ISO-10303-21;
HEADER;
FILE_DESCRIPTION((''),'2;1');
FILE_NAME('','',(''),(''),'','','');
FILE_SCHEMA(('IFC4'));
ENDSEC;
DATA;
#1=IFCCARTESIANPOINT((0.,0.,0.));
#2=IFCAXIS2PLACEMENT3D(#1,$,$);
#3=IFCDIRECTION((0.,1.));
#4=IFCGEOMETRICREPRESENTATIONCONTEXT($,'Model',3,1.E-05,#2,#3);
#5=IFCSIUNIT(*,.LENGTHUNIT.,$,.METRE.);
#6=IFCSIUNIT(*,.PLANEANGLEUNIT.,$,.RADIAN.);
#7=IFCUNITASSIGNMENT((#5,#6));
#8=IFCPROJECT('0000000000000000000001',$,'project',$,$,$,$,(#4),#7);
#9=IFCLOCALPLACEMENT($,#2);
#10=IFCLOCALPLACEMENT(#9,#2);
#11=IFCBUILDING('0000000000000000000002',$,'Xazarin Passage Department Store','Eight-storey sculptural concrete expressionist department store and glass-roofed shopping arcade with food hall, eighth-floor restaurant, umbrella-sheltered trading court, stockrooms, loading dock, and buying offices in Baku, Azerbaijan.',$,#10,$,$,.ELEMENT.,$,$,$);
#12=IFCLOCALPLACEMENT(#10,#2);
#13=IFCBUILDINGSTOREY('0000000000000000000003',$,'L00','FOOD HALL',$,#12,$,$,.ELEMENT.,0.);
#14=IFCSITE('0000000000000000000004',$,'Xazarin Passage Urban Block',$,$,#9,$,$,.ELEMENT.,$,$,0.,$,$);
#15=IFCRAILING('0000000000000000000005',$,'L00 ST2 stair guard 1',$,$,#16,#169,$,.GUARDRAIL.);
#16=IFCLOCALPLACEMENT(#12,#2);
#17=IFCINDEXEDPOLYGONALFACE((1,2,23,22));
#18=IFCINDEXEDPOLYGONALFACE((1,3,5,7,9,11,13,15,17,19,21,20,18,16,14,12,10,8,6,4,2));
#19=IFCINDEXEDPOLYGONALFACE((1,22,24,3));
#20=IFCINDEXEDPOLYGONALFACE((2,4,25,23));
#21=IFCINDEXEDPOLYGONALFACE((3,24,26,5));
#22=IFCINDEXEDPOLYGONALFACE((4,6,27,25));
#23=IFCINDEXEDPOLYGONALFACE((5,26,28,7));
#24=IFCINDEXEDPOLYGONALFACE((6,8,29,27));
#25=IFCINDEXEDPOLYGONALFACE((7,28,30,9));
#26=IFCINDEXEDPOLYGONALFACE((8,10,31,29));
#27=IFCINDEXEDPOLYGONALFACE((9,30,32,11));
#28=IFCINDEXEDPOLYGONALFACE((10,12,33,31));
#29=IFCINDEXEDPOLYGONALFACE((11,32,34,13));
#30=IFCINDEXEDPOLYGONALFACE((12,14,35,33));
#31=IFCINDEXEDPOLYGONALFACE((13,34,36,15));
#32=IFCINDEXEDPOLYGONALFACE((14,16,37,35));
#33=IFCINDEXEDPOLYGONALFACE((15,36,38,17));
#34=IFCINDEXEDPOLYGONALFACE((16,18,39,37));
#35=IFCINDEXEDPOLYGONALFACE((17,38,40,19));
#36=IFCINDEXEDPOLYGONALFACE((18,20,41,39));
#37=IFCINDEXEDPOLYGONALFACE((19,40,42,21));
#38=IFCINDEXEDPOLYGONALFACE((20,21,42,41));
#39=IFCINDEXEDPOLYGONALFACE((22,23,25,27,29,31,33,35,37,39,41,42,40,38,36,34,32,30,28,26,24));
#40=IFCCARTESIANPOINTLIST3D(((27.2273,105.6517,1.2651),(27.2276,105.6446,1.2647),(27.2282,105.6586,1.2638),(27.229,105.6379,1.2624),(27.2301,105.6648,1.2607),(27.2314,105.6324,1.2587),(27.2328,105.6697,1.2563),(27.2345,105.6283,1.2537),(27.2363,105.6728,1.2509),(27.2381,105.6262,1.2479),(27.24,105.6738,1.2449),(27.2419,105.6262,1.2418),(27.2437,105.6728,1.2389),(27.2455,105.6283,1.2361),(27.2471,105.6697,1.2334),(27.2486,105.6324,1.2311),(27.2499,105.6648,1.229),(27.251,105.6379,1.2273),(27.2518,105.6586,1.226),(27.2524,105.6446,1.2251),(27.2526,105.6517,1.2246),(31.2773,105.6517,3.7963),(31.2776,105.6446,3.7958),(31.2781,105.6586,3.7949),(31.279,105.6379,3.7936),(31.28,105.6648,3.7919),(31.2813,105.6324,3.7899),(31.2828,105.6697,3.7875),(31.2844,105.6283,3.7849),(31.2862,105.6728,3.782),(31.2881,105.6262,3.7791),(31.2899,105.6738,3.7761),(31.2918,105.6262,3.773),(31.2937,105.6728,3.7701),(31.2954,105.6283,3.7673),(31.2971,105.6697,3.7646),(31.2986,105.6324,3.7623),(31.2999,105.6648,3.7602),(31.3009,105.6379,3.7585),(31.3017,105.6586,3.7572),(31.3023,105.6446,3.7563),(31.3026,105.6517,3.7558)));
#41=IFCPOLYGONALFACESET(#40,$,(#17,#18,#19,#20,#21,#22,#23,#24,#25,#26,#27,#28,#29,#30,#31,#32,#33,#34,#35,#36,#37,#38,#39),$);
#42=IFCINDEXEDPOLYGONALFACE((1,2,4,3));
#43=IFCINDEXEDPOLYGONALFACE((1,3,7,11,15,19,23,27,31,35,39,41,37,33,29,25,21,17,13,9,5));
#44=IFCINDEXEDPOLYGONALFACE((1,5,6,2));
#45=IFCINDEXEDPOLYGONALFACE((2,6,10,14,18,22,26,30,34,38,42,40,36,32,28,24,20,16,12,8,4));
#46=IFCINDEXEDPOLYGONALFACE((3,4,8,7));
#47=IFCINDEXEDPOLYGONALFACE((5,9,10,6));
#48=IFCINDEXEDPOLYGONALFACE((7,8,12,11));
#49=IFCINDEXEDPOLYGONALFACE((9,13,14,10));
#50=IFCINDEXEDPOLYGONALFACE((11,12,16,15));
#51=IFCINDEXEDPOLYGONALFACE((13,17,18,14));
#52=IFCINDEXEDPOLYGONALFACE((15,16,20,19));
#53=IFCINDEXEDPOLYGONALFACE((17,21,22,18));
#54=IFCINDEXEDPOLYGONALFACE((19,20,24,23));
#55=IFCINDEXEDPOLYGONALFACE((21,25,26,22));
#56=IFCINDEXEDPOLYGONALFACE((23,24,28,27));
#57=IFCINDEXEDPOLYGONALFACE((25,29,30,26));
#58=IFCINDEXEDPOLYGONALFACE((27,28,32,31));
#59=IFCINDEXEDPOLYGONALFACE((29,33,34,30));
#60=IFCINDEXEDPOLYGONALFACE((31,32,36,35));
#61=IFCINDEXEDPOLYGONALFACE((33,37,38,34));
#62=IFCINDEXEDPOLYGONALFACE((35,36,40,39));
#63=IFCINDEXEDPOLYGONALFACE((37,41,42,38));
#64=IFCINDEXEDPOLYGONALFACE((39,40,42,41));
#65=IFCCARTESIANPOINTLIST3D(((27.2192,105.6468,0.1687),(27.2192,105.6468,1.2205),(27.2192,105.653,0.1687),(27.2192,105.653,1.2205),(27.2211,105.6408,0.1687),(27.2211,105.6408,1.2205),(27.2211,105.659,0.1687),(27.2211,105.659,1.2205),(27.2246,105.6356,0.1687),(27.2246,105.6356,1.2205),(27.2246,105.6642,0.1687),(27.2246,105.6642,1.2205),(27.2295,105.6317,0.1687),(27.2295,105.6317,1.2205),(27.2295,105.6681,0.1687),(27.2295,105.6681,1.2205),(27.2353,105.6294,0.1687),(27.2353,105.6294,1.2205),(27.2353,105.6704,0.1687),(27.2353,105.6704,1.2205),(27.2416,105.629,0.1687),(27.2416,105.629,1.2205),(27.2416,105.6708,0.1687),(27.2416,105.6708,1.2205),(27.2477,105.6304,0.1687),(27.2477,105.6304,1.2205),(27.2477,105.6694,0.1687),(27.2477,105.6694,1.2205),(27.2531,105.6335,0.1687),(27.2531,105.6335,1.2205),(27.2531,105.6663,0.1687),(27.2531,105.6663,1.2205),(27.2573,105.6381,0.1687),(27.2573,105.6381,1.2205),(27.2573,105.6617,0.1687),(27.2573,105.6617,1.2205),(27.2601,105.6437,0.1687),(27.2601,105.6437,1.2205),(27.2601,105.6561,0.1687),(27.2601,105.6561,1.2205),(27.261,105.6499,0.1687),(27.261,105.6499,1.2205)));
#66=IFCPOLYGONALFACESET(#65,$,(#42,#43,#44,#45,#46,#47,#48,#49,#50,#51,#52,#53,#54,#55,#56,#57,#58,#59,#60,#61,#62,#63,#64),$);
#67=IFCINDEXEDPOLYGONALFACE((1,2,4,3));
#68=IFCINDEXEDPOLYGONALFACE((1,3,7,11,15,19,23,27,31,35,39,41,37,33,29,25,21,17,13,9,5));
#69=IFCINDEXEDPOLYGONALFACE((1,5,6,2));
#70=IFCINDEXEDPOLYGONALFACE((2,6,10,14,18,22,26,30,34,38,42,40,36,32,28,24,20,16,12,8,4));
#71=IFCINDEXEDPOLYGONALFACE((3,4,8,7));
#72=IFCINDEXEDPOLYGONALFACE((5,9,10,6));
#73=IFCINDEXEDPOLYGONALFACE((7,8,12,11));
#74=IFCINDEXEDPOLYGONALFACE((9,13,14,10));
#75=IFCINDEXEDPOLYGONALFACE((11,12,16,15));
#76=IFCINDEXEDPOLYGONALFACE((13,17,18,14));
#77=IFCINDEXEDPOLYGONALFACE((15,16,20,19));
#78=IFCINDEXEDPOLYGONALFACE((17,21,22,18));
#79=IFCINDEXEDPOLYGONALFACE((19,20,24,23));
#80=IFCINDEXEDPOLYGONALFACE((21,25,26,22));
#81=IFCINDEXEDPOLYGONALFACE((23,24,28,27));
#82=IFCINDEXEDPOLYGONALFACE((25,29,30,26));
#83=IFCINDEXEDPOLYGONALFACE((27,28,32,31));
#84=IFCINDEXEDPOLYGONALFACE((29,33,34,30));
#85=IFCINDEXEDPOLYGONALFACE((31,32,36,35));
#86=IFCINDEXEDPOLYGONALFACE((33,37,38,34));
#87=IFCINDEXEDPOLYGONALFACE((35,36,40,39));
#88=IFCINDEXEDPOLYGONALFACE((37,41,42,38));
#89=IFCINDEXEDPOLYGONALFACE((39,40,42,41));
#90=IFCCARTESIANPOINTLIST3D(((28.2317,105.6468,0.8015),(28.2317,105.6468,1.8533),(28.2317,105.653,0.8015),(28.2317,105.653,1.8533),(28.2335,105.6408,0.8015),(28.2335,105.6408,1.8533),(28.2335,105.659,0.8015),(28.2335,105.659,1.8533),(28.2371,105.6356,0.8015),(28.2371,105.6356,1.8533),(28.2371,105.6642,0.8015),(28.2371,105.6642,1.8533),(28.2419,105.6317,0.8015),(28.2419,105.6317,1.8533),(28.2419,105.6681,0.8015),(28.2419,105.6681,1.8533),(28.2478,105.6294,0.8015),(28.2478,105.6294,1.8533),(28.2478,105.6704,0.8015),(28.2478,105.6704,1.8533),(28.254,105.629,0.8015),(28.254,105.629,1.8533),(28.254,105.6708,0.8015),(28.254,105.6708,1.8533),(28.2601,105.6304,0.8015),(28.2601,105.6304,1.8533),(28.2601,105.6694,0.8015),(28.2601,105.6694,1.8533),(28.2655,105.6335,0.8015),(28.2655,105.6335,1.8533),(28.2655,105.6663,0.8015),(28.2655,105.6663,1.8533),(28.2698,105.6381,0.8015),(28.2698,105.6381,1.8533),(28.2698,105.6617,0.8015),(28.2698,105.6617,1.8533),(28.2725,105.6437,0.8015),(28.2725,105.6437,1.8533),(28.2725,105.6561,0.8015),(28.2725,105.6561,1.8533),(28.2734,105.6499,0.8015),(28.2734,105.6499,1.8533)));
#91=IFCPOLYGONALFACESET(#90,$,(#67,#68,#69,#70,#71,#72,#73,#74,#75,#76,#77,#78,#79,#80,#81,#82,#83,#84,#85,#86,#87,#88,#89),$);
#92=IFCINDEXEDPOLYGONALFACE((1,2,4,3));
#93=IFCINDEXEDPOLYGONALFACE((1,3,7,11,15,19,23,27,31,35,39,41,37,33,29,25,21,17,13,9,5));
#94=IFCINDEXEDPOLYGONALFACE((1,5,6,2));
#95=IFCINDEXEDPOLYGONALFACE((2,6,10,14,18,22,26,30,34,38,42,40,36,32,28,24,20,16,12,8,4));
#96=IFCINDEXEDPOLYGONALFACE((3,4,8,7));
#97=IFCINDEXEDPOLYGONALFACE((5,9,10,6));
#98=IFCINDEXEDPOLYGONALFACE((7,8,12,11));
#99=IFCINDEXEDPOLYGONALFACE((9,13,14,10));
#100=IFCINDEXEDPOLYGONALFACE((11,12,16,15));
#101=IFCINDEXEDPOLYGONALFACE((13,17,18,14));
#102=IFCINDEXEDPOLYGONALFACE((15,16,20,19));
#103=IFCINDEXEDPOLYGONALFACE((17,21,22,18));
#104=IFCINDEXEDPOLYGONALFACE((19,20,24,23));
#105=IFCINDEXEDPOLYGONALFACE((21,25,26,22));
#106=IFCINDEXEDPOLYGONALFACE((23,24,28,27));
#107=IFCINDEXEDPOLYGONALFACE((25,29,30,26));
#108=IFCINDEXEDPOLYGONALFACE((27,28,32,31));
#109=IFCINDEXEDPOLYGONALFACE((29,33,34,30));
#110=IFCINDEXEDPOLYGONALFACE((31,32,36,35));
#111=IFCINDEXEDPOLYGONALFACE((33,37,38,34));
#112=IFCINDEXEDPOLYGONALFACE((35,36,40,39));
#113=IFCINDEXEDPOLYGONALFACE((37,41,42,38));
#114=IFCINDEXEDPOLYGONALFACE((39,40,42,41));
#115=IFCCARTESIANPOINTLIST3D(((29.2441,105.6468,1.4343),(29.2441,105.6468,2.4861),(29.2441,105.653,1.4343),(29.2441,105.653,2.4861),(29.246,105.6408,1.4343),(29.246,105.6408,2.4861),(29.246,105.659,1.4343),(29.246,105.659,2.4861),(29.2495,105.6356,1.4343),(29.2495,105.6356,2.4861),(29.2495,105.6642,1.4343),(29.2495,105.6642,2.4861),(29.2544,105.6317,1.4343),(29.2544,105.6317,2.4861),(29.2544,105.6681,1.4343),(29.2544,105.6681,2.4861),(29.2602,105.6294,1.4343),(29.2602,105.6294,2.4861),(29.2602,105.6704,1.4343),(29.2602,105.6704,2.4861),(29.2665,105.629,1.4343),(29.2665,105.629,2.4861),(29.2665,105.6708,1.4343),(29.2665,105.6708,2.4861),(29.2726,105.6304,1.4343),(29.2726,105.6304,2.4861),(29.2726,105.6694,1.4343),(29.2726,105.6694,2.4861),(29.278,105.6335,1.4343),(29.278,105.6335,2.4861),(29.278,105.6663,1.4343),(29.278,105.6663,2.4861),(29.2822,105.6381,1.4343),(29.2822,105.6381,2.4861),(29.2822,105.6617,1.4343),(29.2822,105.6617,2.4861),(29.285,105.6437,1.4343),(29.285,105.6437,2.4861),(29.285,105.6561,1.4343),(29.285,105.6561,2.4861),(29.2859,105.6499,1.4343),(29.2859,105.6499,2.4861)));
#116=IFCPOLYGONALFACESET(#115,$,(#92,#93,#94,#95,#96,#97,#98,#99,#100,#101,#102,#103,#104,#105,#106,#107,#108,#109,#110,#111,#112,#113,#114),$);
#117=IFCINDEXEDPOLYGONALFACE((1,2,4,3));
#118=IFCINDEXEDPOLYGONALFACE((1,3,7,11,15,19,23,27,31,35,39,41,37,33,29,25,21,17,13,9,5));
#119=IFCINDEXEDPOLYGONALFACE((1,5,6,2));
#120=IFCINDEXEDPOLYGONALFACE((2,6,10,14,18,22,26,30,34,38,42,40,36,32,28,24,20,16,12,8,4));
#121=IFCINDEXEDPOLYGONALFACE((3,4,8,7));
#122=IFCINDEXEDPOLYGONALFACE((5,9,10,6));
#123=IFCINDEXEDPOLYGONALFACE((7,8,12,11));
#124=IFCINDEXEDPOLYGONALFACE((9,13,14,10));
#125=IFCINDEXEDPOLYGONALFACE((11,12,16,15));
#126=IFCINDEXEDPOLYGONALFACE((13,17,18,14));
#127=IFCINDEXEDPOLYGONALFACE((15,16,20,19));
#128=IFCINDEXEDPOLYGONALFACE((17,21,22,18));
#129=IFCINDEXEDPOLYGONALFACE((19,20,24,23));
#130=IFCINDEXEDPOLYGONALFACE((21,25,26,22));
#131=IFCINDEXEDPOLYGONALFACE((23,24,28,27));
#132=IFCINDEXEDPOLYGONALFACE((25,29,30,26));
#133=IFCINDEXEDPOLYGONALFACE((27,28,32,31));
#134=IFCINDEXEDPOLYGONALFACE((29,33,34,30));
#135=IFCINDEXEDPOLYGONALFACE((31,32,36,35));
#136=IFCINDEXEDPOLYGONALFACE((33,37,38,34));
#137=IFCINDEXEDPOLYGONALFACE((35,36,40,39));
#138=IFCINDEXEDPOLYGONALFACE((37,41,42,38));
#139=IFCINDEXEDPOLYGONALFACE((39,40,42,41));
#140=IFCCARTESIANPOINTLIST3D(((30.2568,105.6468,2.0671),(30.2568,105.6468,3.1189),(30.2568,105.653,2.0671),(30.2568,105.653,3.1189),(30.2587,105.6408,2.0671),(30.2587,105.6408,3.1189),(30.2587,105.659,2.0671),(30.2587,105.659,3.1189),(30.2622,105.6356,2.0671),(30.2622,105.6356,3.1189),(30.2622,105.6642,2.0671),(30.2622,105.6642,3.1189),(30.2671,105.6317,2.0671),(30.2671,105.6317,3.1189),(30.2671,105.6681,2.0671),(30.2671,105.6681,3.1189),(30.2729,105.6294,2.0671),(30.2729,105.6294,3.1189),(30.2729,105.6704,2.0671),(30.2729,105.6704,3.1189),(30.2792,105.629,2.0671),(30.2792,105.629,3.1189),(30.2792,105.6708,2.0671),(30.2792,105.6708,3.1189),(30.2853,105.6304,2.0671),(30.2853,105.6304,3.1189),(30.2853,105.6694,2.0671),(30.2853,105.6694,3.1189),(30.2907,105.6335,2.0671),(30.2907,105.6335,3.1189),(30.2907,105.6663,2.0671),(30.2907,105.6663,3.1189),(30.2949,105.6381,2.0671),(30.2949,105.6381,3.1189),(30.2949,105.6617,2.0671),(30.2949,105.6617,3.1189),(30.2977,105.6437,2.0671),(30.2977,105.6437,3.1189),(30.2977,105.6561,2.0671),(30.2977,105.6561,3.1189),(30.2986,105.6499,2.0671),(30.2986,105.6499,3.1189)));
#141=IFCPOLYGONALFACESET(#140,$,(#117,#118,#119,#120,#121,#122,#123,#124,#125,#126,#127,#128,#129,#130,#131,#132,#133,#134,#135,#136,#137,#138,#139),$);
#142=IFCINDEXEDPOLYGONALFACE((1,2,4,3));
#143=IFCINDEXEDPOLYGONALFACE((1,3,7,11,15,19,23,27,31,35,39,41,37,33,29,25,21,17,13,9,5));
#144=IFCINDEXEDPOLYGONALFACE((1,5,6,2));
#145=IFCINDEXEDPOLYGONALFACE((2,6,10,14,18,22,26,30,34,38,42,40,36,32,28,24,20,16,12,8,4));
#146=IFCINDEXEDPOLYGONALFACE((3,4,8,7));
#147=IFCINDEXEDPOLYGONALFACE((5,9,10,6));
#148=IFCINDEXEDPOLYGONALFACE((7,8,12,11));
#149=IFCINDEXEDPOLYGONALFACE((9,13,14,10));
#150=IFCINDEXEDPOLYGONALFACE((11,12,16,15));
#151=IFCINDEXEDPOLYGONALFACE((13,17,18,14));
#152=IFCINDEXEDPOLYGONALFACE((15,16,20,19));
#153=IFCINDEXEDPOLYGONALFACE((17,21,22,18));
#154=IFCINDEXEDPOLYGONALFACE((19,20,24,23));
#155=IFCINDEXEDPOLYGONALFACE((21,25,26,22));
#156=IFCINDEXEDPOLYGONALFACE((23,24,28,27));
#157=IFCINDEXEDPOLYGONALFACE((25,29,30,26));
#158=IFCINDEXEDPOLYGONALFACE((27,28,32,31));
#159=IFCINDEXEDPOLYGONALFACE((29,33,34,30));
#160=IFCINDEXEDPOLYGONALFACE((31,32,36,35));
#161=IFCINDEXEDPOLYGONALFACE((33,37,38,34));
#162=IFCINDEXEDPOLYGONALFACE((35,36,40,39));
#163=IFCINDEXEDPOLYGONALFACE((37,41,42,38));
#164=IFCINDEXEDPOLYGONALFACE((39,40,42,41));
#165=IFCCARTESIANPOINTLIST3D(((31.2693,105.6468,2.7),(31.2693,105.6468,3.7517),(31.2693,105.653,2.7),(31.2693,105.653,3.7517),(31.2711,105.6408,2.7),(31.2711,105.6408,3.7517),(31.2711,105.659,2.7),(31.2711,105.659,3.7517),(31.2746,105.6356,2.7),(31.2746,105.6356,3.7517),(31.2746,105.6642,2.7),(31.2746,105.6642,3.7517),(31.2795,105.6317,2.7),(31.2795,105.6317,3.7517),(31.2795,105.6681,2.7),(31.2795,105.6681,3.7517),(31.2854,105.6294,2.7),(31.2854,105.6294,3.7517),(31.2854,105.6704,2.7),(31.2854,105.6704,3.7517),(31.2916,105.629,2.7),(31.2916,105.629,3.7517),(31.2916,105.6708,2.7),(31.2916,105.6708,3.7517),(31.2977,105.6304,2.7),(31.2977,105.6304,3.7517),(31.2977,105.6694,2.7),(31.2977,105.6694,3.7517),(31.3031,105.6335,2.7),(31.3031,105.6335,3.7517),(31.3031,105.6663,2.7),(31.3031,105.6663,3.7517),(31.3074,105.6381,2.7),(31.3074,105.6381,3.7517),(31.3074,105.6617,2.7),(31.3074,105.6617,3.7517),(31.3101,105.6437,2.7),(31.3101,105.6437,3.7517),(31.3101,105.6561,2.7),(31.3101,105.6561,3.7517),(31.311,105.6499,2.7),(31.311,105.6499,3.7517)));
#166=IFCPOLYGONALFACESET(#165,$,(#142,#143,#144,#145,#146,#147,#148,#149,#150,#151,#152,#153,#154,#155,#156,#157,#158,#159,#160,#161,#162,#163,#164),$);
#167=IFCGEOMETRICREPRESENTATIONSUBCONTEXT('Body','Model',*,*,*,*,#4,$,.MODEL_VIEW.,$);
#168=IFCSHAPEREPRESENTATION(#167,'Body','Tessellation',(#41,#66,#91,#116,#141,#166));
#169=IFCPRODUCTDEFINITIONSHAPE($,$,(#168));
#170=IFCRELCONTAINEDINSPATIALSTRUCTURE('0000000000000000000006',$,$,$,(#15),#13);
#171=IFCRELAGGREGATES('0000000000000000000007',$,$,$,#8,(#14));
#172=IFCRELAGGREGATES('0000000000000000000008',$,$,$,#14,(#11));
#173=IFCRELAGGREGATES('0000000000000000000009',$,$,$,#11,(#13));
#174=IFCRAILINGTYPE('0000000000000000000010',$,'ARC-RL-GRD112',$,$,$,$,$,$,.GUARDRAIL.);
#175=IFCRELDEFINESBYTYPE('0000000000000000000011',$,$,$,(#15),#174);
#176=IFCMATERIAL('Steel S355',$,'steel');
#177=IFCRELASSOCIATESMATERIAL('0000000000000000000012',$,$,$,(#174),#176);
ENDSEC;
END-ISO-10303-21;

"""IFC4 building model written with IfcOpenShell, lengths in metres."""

from ifc_helpers import new_model, si_unit, direction, frame, origin, origin_2d, place, context, subcontext, project, spatial, circle, extrude, material, type_object, element, save


model = new_model("IFC4")

# Units and contexts
model_context = context("Model", 3, precision=1e-05, world=origin(), true_north=direction((0.0, 1.0)))
body_context = subcontext(model_context, "Body", "Model", "MODEL_VIEW")
ifc_project = project(units=[si_unit("LENGTHUNIT", "METRE"), si_unit("PLANEANGLEUNIT", "RADIAN")], contexts=[model_context])

# Site, building, storey
site_placement = place(None, origin())
site = spatial("IfcSite", under=ifc_project, at=site_placement, Name="Xazarin Passage Urban Block", CompositionType="ELEMENT", RefElevation=0.0)
building_placement = place(site_placement, origin())
building = spatial("IfcBuilding", under=site, at=building_placement, Name="Xazarin Passage Department Store", Description="Eight-storey sculptural concrete expressionist department store and glass-roofed shopping arcade with food hall, eighth-floor restaurant, umbrella-sheltered trading court, stockrooms, loading dock, and buying offices in Baku, Azerbaijan.", CompositionType="ELEMENT")
storey_placement = place(building_placement, origin())
storey = spatial("IfcBuildingStorey", under=building, at=storey_placement, Name="L00", Description="FOOD HALL", CompositionType="ELEMENT", Elevation=0.0)

# Shared definitions
ifc_material_1 = material(Name="Steel S355", Category="steel")

# Railing
railing_type_1 = type_object("IfcRailingType", Name="ARC-RL-GRD112", PredefinedType="GUARDRAIL", material=ifc_material_1)
railing_1_placement = place(storey_placement, frame((27.24, 105.6499, 0.1687)))
element("IfcRailing", 1, at=railing_1_placement, inside=storey, type_object=railing_type_1, Name="L00 ST2 stair guard 1", PredefinedType="GUARDRAIL", context=body_context, shape_type="SweptSolid", body=[
    extrude(circle(Radius=0.0239, at=origin_2d()), frame((0.0, 0.0, 1.0762), z_axis=(0.848001, 0.0, 0.529994), x_axis=(0.0, 1.0, 0.0)), (0.0, 0.0, 1.0), 4.7759),
    extrude(circle(Radius=0.021, at=origin_2d()), origin(), (0.0, 0.0, 1.0), 1.0518),
    extrude(circle(Radius=0.021, at=origin_2d()), frame((1.0125, 0.0, 0.6328)), (0.0, 0.0, 1.0), 1.0518),
    extrude(circle(Radius=0.021, at=origin_2d()), frame((2.0249, 0.0, 1.2656)), (0.0, 0.0, 1.0), 1.0518),
    extrude(circle(Radius=0.021, at=origin_2d()), frame((3.0376, 0.0, 1.8984)), (0.0, 0.0, 1.0), 1.0518),
    extrude(circle(Radius=0.021, at=origin_2d()), frame((4.05, 0.0, 2.5312)), (0.0, 0.0, 1.0), 1.0518),
])

save(model, "model.ifc")
